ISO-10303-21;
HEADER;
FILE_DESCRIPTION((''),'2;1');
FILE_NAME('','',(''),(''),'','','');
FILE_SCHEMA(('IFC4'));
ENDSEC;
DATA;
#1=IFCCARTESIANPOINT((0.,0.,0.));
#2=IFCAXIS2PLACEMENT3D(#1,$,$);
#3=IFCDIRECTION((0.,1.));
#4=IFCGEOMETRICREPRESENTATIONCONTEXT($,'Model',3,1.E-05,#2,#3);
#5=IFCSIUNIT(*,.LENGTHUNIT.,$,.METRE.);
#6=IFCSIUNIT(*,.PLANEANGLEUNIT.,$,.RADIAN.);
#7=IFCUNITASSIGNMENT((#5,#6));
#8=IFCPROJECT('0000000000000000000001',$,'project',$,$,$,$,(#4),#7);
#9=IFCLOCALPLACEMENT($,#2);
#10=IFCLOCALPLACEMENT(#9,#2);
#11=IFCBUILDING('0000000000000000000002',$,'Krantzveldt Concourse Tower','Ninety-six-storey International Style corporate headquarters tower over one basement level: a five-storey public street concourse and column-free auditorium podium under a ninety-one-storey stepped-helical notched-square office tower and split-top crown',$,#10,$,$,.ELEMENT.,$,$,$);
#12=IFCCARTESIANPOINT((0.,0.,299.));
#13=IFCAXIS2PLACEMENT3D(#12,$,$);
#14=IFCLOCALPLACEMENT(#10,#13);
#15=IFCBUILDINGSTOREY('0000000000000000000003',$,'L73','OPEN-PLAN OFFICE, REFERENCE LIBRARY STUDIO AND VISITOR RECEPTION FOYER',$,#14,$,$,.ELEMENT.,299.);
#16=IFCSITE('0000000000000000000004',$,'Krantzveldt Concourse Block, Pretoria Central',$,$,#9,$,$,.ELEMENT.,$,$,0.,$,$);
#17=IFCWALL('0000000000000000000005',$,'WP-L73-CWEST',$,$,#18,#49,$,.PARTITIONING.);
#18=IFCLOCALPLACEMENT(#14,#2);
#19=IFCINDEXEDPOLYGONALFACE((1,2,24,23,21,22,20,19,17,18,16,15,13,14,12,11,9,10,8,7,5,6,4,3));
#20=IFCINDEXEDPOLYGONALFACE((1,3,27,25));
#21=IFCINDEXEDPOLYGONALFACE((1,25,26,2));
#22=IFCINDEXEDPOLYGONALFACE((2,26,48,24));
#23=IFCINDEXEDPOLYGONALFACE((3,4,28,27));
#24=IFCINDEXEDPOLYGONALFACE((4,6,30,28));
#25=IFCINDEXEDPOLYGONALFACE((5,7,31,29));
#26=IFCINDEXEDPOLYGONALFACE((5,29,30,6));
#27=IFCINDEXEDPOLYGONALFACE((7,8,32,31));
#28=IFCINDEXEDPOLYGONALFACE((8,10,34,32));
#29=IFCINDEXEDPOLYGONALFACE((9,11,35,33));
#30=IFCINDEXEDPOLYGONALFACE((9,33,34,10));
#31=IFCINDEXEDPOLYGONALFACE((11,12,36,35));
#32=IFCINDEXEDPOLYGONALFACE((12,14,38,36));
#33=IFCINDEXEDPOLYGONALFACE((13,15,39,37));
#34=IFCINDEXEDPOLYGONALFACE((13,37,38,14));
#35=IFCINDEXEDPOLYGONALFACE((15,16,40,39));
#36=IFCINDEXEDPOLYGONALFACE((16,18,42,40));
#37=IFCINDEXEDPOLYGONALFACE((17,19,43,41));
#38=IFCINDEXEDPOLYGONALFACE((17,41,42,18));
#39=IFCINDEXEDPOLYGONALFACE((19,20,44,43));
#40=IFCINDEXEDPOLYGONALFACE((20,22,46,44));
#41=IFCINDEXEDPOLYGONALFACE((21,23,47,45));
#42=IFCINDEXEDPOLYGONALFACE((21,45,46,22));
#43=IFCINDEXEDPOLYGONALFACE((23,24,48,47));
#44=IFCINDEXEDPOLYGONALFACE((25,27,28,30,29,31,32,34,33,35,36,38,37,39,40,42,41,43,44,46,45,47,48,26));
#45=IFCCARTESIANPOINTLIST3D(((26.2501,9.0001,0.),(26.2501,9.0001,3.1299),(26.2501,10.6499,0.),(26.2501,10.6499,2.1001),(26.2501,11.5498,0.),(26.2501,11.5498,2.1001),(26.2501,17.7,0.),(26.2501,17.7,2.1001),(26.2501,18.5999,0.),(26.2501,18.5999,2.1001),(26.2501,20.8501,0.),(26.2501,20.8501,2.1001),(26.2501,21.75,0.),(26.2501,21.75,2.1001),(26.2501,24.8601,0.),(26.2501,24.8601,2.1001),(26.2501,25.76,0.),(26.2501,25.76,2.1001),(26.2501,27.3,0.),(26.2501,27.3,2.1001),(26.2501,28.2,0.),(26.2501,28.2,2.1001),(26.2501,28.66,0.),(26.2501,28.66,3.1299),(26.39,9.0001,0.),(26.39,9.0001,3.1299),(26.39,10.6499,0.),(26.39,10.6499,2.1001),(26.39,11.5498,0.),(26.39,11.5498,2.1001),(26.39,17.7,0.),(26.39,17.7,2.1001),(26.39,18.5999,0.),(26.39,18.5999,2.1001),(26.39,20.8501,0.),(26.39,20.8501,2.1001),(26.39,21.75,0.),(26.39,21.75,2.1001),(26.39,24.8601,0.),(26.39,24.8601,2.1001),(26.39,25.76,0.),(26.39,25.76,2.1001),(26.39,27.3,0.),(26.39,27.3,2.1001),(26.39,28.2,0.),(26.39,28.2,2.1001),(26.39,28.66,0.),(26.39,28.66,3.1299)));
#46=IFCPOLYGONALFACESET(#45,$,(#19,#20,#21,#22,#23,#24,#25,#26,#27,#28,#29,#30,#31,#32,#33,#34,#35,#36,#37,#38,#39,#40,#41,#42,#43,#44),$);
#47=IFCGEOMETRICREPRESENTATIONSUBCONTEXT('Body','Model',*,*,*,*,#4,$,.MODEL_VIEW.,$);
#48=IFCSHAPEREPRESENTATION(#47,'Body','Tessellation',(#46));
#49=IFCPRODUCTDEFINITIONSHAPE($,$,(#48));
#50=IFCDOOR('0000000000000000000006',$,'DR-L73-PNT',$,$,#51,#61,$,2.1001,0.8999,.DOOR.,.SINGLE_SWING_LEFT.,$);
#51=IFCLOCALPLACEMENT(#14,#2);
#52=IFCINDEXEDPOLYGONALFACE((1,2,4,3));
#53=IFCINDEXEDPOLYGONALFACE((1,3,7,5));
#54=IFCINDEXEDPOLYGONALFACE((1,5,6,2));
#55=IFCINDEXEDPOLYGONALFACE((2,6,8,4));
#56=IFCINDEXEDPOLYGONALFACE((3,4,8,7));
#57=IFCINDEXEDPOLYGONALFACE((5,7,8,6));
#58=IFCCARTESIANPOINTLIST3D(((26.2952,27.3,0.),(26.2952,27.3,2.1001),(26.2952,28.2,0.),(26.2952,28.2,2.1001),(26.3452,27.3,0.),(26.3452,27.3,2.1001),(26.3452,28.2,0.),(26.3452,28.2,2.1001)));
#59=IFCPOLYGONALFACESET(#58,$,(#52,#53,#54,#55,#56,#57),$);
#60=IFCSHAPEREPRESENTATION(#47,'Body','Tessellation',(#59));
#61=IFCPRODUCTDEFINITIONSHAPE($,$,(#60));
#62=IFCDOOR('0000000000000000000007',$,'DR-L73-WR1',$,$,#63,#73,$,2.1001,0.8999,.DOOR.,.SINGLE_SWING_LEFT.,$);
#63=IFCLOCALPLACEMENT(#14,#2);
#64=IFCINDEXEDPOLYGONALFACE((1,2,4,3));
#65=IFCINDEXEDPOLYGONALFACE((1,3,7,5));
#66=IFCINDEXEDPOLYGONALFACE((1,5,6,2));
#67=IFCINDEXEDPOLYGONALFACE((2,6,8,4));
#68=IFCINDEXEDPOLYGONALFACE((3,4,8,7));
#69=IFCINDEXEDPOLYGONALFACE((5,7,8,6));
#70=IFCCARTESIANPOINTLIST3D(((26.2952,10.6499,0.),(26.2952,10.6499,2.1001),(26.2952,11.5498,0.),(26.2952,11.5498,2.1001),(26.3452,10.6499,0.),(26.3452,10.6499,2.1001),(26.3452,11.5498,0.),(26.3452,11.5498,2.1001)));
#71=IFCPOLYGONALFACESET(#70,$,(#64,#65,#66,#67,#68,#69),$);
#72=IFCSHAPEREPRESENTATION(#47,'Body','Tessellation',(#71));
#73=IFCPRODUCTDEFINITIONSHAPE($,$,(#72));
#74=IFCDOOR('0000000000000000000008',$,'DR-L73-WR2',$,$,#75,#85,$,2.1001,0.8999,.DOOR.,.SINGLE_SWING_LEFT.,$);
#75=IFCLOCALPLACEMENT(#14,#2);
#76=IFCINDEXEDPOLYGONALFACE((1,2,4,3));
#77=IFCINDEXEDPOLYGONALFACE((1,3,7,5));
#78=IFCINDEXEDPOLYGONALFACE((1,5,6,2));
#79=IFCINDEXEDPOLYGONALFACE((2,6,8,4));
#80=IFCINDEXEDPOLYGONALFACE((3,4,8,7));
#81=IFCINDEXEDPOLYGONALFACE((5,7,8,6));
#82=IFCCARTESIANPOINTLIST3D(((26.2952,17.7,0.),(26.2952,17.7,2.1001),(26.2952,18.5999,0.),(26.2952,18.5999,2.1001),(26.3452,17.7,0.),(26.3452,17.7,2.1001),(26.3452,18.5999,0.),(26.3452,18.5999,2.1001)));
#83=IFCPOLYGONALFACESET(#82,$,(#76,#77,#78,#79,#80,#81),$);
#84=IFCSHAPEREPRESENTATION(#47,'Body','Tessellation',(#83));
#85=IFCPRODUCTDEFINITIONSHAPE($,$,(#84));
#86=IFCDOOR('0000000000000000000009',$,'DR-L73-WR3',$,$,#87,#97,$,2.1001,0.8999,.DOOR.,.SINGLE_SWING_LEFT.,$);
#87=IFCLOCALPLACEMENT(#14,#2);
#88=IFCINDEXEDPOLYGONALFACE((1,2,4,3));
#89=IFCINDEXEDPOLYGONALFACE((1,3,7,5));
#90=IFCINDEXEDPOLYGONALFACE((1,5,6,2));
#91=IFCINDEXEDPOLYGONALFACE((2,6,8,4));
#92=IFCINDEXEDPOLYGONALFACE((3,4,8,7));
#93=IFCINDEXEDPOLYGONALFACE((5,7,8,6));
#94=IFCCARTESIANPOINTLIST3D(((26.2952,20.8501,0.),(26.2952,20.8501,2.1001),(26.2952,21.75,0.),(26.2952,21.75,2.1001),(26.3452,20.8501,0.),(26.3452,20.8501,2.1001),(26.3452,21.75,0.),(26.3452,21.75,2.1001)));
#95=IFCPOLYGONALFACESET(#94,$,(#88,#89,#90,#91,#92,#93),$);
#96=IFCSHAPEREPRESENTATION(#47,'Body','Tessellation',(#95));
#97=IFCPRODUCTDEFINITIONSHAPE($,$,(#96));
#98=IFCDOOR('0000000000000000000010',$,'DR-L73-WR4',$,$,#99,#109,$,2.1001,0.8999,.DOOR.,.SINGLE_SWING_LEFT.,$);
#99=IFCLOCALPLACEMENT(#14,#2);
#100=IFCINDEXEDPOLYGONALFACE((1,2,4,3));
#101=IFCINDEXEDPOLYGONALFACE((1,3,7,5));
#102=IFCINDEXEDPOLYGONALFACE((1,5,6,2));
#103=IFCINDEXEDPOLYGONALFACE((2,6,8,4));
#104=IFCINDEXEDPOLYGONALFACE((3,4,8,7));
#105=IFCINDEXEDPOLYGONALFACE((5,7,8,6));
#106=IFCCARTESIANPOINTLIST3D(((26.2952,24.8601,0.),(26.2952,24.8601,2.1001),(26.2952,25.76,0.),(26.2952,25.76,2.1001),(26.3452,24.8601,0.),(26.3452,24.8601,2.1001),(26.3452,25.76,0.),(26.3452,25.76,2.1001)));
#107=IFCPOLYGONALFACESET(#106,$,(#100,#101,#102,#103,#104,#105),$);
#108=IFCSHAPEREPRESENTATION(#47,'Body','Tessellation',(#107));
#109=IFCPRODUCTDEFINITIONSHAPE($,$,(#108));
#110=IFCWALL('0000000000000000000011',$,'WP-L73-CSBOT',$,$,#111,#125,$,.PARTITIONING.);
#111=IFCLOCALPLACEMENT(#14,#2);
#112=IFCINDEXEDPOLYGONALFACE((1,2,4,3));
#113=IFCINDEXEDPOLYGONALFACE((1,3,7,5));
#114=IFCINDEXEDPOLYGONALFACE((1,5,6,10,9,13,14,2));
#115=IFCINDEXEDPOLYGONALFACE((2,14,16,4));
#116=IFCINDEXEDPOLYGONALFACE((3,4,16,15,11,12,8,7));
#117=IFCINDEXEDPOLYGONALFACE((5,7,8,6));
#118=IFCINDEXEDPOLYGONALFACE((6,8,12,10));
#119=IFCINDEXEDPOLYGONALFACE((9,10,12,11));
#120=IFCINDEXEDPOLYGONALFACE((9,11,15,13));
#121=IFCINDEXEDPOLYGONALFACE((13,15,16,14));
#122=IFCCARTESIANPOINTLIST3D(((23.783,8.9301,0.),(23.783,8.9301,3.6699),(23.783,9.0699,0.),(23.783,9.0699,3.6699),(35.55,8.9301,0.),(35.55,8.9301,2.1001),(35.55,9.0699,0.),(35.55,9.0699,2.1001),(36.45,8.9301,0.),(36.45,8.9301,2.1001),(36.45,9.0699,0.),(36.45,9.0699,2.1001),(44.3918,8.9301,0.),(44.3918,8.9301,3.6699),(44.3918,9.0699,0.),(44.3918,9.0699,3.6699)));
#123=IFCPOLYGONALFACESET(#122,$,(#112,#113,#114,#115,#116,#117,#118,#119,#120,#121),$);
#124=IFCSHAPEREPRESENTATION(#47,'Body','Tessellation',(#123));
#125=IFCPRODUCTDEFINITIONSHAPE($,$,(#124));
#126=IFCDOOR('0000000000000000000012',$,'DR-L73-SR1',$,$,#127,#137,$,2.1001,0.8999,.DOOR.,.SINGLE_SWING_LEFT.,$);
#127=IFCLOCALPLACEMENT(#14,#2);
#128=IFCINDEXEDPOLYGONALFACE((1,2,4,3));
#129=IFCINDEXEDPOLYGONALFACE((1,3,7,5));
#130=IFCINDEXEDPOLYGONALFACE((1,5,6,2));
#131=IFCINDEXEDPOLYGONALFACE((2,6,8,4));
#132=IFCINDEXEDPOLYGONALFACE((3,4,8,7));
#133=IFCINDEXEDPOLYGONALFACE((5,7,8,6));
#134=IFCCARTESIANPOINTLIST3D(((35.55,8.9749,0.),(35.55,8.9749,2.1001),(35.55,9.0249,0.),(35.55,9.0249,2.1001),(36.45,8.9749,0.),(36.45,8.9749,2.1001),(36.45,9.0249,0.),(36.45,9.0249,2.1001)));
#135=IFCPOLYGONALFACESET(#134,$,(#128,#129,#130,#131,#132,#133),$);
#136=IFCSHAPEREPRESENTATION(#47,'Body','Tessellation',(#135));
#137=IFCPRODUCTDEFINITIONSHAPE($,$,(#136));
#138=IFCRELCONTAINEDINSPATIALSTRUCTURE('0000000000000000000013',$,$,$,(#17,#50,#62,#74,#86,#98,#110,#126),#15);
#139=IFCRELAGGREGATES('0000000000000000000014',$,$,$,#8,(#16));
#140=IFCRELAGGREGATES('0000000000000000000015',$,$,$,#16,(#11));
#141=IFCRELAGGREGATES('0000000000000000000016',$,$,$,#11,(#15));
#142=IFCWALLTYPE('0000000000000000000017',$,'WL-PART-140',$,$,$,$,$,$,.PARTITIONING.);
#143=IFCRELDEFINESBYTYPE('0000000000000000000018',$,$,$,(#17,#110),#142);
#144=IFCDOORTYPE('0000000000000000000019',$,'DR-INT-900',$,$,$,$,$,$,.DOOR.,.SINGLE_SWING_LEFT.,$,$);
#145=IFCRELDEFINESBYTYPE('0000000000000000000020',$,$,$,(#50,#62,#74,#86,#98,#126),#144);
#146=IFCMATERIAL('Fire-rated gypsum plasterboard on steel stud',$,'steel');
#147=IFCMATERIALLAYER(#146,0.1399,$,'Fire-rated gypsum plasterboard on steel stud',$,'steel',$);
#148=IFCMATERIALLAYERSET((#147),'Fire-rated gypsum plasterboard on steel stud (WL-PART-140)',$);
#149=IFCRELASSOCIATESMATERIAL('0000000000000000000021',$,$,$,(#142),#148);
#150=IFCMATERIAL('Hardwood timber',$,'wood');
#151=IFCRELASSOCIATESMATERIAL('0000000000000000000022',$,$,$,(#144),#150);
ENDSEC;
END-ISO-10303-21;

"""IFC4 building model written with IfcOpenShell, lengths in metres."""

from ifc_helpers import new_model, si_unit, direction, frame, frame_2d, origin, place, context, subcontext, project, spatial, rectangle, extrude, material, layer, layer_set, type_object, element, fill, save


model = new_model("IFC4")

# Units and contexts
model_context = context("Model", 3, precision=1e-05, world=origin(), true_north=direction((0.0, 1.0)))
body_context = subcontext(model_context, "Body", "Model", "MODEL_VIEW")
ifc_project = project(units=[si_unit("LENGTHUNIT", "METRE"), si_unit("PLANEANGLEUNIT", "RADIAN")], contexts=[model_context])

# Site, building, storey
site_placement = place(None, origin())
site = spatial("IfcSite", under=ifc_project, at=site_placement, Name="Krantzveldt Concourse Block, Pretoria Central", CompositionType="ELEMENT", RefElevation=0.0)
building_placement = place(site_placement, origin())
building = spatial("IfcBuilding", under=site, at=building_placement, Name="Krantzveldt Concourse Tower", Description="Ninety-six-storey International Style corporate headquarters tower over one basement level: a five-storey public street concourse and column-free auditorium podium under a ninety-one-storey stepped-helical notched-square office tower and split-top crown", CompositionType="ELEMENT")
storey_placement = place(building_placement, frame((0.0, 0.0, 299.0)))
storey = spatial("IfcBuildingStorey", under=building, at=storey_placement, Name="L73", Description="OPEN-PLAN OFFICE, REFERENCE LIBRARY STUDIO AND VISITOR RECEPTION FOYER", CompositionType="ELEMENT", Elevation=299.0)

# Shared definitions
ifc_material_1 = material(Name="Fire-rated gypsum plasterboard on steel stud", Category="steel")

# Wall, openings, doors
ifc_layer_1 = layer(ifc_material_1, 0.1399, Name="Fire-rated gypsum plasterboard on steel stud", Category="steel")
ifc_layer_set_1 = layer_set([ifc_layer_1], Name="Fire-rated gypsum plasterboard on steel stud (WL-PART-140)")
wall_type_1 = type_object("IfcWallType", Name="WL-PART-140", PredefinedType="PARTITIONING", material=ifc_layer_set_1)
wall_1_placement = place(storey_placement, frame((26.3201, 9.0, 0.0), z_axis=(0.0, 0.0, 1.0), x_axis=(0.0, 1.0, 0.0)))
wall_1 = element("IfcWall", 1, at=wall_1_placement, inside=storey, type_object=wall_type_1, Name="WP-L73-CWEST", PredefinedType="PARTITIONING", context=body_context, shape_type="SweptSolid", body=[
    extrude(rectangle(XDim=19.6599, YDim=0.1399, at=frame_2d((9.8301, 0.0))), origin(), (0.0, 0.0, 1.0), 3.1299),
])
opening_1_placement = place(wall_1_placement, frame((18.3, 0.0, 0.0)))
opening_1 = element("IfcOpeningElement", 2, at=opening_1_placement, cuts=wall_1, PredefinedType="OPENING", context=body_context, shape_type="SweptSolid", body=[
    extrude(rectangle(XDim=0.8999, YDim=2.1001, at=frame_2d((0.45, 1.05))), frame((0.0, 0.0801, 0.0), z_axis=(0.0, -1.0, 0.0), x_axis=(1.0, 0.0, 0.0)), (0.0, 0.0, 1.0), 0.1599),
])
opening_2_placement = place(wall_1_placement, frame((1.6499, 0.0, 0.0)))
opening_2 = element("IfcOpeningElement", 3, at=opening_2_placement, cuts=wall_1, PredefinedType="OPENING", context=body_context, shape_type="SweptSolid", body=[
    extrude(rectangle(XDim=0.8999, YDim=2.1001, at=frame_2d((0.45, 1.05))), frame((0.0, 0.0801, 0.0), z_axis=(0.0, -1.0, 0.0), x_axis=(1.0, 0.0, 0.0)), (0.0, 0.0, 1.0), 0.1599),
])
opening_3_placement = place(wall_1_placement, frame((8.7, 0.0, 0.0)))
opening_3 = element("IfcOpeningElement", 4, at=opening_3_placement, cuts=wall_1, PredefinedType="OPENING", context=body_context, shape_type="SweptSolid", body=[
    extrude(rectangle(XDim=0.8999, YDim=2.1001, at=frame_2d((0.45, 1.05))), frame((0.0, 0.0801, 0.0), z_axis=(0.0, -1.0, 0.0), x_axis=(1.0, 0.0, 0.0)), (0.0, 0.0, 1.0), 0.1599),
])
opening_4_placement = place(wall_1_placement, frame((11.8501, 0.0, 0.0)))
opening_4 = element("IfcOpeningElement", 5, at=opening_4_placement, cuts=wall_1, PredefinedType="OPENING", context=body_context, shape_type="SweptSolid", body=[
    extrude(rectangle(XDim=0.8999, YDim=2.1001, at=frame_2d((0.45, 1.05))), frame((0.0, 0.0801, 0.0), z_axis=(0.0, -1.0, 0.0), x_axis=(1.0, 0.0, 0.0)), (0.0, 0.0, 1.0), 0.1599),
])
opening_5_placement = place(wall_1_placement, frame((15.8601, 0.0, 0.0)))
opening_5 = element("IfcOpeningElement", 6, at=opening_5_placement, cuts=wall_1, PredefinedType="OPENING", context=body_context, shape_type="SweptSolid", body=[
    extrude(rectangle(XDim=0.8999, YDim=2.1001, at=frame_2d((0.45, 1.05))), frame((0.0, 0.0801, 0.0), z_axis=(0.0, -1.0, 0.0), x_axis=(1.0, 0.0, 0.0)), (0.0, 0.0, 1.0), 0.1599),
])
ifc_material_2 = material(Name="Hardwood timber", Category="wood")
door_type = type_object("IfcDoorType", Name="DR-INT-900", OperationType="SINGLE_SWING_LEFT", PredefinedType="DOOR", material=ifc_material_2)
door_1_placement = place(opening_1_placement, origin())
door_1 = element("IfcDoor", 7, at=door_1_placement, inside=storey, type_object=door_type, Name="DR-L73-PNT", OperationType="SINGLE_SWING_LEFT", OverallHeight=2.1001, OverallWidth=0.8999, PredefinedType="DOOR", context=body_context, shape_type="SweptSolid", body=[
    extrude(rectangle(XDim=0.8999, YDim=2.1001, at=frame_2d((0.45, 1.05))), frame((0.0, 0.0249, 0.0), z_axis=(0.0, -1.0, 0.0), x_axis=(1.0, 0.0, 0.0)), (0.0, 0.0, 1.0), 0.05),
])
fill(opening_1, door_1)
door_2_placement = place(opening_2_placement, origin())
door_2 = element("IfcDoor", 8, at=door_2_placement, inside=storey, type_object=door_type, Name="DR-L73-WR1", OperationType="SINGLE_SWING_LEFT", OverallHeight=2.1001, OverallWidth=0.8999, PredefinedType="DOOR", context=body_context, shape_type="SweptSolid", body=[
    extrude(rectangle(XDim=0.8999, YDim=2.1001, at=frame_2d((0.45, 1.05))), frame((0.0, 0.0249, 0.0), z_axis=(0.0, -1.0, 0.0), x_axis=(1.0, 0.0, 0.0)), (0.0, 0.0, 1.0), 0.05),
])
fill(opening_2, door_2)
door_3_placement = place(opening_3_placement, origin())
door_3 = element("IfcDoor", 9, at=door_3_placement, inside=storey, type_object=door_type, Name="DR-L73-WR2", OperationType="SINGLE_SWING_LEFT", OverallHeight=2.1001, OverallWidth=0.8999, PredefinedType="DOOR", context=body_context, shape_type="SweptSolid", body=[
    extrude(rectangle(XDim=0.8999, YDim=2.1001, at=frame_2d((0.45, 1.05))), frame((0.0, 0.0249, 0.0), z_axis=(0.0, -1.0, 0.0), x_axis=(1.0, 0.0, 0.0)), (0.0, 0.0, 1.0), 0.05),
])
fill(opening_3, door_3)
door_4_placement = place(opening_4_placement, origin())
door_4 = element("IfcDoor", 10, at=door_4_placement, inside=storey, type_object=door_type, Name="DR-L73-WR3", OperationType="SINGLE_SWING_LEFT", OverallHeight=2.1001, OverallWidth=0.8999, PredefinedType="DOOR", context=body_context, shape_type="SweptSolid", body=[
    extrude(rectangle(XDim=0.8999, YDim=2.1001, at=frame_2d((0.45, 1.05))), frame((0.0, 0.0249, 0.0), z_axis=(0.0, -1.0, 0.0), x_axis=(1.0, 0.0, 0.0)), (0.0, 0.0, 1.0), 0.05),
])
fill(opening_4, door_4)
door_5_placement = place(opening_5_placement, origin())
door_5 = element("IfcDoor", 11, at=door_5_placement, inside=storey, type_object=door_type, Name="DR-L73-WR4", OperationType="SINGLE_SWING_LEFT", OverallHeight=2.1001, OverallWidth=0.8999, PredefinedType="DOOR", context=body_context, shape_type="SweptSolid", body=[
    extrude(rectangle(XDim=0.8999, YDim=2.1001, at=frame_2d((0.45, 1.05))), frame((0.0, 0.0249, 0.0), z_axis=(0.0, -1.0, 0.0), x_axis=(1.0, 0.0, 0.0)), (0.0, 0.0, 1.0), 0.05),
])
fill(opening_5, door_5)

# Wall, opening, door
wall_2_placement = place(storey_placement, frame((23.783, 9.0, 0.0), z_axis=(0.0, 0.0, 1.0), x_axis=(1.0, 0.0, 0.0)))
wall_2 = element("IfcWall", 12, at=wall_2_placement, inside=storey, type_object=wall_type_1, Name="WP-L73-CSBOT", PredefinedType="PARTITIONING", context=body_context, shape_type="SweptSolid", body=[
    extrude(rectangle(XDim=20.6089, YDim=0.1399, at=frame_2d((10.3044, 0.0))), origin(), (0.0, 0.0, 1.0), 3.6699),
])
opening_6_placement = place(wall_2_placement, frame((11.7671, 0.0, 0.0)))
opening_6 = element("IfcOpeningElement", 13, at=opening_6_placement, cuts=wall_2, PredefinedType="OPENING", context=body_context, shape_type="SweptSolid", body=[
    extrude(rectangle(XDim=0.8999, YDim=2.1001, at=frame_2d((0.45, 1.05))), frame((0.0, 0.0801, 0.0), z_axis=(0.0, -1.0, 0.0), x_axis=(1.0, 0.0, 0.0)), (0.0, 0.0, 1.0), 0.1599),
])
door_6_placement = place(opening_6_placement, origin())
door_6 = element("IfcDoor", 14, at=door_6_placement, inside=storey, type_object=door_type, Name="DR-L73-SR1", OperationType="SINGLE_SWING_LEFT", OverallHeight=2.1001, OverallWidth=0.8999, PredefinedType="DOOR", context=body_context, shape_type="SweptSolid", body=[
    extrude(rectangle(XDim=0.8999, YDim=2.1001, at=frame_2d((0.45, 1.05))), frame((0.0, 0.0249, 0.0), z_axis=(0.0, -1.0, 0.0), x_axis=(1.0, 0.0, 0.0)), (0.0, 0.0, 1.0), 0.05),
])
fill(opening_6, door_6)

save(model, "model.ifc")
